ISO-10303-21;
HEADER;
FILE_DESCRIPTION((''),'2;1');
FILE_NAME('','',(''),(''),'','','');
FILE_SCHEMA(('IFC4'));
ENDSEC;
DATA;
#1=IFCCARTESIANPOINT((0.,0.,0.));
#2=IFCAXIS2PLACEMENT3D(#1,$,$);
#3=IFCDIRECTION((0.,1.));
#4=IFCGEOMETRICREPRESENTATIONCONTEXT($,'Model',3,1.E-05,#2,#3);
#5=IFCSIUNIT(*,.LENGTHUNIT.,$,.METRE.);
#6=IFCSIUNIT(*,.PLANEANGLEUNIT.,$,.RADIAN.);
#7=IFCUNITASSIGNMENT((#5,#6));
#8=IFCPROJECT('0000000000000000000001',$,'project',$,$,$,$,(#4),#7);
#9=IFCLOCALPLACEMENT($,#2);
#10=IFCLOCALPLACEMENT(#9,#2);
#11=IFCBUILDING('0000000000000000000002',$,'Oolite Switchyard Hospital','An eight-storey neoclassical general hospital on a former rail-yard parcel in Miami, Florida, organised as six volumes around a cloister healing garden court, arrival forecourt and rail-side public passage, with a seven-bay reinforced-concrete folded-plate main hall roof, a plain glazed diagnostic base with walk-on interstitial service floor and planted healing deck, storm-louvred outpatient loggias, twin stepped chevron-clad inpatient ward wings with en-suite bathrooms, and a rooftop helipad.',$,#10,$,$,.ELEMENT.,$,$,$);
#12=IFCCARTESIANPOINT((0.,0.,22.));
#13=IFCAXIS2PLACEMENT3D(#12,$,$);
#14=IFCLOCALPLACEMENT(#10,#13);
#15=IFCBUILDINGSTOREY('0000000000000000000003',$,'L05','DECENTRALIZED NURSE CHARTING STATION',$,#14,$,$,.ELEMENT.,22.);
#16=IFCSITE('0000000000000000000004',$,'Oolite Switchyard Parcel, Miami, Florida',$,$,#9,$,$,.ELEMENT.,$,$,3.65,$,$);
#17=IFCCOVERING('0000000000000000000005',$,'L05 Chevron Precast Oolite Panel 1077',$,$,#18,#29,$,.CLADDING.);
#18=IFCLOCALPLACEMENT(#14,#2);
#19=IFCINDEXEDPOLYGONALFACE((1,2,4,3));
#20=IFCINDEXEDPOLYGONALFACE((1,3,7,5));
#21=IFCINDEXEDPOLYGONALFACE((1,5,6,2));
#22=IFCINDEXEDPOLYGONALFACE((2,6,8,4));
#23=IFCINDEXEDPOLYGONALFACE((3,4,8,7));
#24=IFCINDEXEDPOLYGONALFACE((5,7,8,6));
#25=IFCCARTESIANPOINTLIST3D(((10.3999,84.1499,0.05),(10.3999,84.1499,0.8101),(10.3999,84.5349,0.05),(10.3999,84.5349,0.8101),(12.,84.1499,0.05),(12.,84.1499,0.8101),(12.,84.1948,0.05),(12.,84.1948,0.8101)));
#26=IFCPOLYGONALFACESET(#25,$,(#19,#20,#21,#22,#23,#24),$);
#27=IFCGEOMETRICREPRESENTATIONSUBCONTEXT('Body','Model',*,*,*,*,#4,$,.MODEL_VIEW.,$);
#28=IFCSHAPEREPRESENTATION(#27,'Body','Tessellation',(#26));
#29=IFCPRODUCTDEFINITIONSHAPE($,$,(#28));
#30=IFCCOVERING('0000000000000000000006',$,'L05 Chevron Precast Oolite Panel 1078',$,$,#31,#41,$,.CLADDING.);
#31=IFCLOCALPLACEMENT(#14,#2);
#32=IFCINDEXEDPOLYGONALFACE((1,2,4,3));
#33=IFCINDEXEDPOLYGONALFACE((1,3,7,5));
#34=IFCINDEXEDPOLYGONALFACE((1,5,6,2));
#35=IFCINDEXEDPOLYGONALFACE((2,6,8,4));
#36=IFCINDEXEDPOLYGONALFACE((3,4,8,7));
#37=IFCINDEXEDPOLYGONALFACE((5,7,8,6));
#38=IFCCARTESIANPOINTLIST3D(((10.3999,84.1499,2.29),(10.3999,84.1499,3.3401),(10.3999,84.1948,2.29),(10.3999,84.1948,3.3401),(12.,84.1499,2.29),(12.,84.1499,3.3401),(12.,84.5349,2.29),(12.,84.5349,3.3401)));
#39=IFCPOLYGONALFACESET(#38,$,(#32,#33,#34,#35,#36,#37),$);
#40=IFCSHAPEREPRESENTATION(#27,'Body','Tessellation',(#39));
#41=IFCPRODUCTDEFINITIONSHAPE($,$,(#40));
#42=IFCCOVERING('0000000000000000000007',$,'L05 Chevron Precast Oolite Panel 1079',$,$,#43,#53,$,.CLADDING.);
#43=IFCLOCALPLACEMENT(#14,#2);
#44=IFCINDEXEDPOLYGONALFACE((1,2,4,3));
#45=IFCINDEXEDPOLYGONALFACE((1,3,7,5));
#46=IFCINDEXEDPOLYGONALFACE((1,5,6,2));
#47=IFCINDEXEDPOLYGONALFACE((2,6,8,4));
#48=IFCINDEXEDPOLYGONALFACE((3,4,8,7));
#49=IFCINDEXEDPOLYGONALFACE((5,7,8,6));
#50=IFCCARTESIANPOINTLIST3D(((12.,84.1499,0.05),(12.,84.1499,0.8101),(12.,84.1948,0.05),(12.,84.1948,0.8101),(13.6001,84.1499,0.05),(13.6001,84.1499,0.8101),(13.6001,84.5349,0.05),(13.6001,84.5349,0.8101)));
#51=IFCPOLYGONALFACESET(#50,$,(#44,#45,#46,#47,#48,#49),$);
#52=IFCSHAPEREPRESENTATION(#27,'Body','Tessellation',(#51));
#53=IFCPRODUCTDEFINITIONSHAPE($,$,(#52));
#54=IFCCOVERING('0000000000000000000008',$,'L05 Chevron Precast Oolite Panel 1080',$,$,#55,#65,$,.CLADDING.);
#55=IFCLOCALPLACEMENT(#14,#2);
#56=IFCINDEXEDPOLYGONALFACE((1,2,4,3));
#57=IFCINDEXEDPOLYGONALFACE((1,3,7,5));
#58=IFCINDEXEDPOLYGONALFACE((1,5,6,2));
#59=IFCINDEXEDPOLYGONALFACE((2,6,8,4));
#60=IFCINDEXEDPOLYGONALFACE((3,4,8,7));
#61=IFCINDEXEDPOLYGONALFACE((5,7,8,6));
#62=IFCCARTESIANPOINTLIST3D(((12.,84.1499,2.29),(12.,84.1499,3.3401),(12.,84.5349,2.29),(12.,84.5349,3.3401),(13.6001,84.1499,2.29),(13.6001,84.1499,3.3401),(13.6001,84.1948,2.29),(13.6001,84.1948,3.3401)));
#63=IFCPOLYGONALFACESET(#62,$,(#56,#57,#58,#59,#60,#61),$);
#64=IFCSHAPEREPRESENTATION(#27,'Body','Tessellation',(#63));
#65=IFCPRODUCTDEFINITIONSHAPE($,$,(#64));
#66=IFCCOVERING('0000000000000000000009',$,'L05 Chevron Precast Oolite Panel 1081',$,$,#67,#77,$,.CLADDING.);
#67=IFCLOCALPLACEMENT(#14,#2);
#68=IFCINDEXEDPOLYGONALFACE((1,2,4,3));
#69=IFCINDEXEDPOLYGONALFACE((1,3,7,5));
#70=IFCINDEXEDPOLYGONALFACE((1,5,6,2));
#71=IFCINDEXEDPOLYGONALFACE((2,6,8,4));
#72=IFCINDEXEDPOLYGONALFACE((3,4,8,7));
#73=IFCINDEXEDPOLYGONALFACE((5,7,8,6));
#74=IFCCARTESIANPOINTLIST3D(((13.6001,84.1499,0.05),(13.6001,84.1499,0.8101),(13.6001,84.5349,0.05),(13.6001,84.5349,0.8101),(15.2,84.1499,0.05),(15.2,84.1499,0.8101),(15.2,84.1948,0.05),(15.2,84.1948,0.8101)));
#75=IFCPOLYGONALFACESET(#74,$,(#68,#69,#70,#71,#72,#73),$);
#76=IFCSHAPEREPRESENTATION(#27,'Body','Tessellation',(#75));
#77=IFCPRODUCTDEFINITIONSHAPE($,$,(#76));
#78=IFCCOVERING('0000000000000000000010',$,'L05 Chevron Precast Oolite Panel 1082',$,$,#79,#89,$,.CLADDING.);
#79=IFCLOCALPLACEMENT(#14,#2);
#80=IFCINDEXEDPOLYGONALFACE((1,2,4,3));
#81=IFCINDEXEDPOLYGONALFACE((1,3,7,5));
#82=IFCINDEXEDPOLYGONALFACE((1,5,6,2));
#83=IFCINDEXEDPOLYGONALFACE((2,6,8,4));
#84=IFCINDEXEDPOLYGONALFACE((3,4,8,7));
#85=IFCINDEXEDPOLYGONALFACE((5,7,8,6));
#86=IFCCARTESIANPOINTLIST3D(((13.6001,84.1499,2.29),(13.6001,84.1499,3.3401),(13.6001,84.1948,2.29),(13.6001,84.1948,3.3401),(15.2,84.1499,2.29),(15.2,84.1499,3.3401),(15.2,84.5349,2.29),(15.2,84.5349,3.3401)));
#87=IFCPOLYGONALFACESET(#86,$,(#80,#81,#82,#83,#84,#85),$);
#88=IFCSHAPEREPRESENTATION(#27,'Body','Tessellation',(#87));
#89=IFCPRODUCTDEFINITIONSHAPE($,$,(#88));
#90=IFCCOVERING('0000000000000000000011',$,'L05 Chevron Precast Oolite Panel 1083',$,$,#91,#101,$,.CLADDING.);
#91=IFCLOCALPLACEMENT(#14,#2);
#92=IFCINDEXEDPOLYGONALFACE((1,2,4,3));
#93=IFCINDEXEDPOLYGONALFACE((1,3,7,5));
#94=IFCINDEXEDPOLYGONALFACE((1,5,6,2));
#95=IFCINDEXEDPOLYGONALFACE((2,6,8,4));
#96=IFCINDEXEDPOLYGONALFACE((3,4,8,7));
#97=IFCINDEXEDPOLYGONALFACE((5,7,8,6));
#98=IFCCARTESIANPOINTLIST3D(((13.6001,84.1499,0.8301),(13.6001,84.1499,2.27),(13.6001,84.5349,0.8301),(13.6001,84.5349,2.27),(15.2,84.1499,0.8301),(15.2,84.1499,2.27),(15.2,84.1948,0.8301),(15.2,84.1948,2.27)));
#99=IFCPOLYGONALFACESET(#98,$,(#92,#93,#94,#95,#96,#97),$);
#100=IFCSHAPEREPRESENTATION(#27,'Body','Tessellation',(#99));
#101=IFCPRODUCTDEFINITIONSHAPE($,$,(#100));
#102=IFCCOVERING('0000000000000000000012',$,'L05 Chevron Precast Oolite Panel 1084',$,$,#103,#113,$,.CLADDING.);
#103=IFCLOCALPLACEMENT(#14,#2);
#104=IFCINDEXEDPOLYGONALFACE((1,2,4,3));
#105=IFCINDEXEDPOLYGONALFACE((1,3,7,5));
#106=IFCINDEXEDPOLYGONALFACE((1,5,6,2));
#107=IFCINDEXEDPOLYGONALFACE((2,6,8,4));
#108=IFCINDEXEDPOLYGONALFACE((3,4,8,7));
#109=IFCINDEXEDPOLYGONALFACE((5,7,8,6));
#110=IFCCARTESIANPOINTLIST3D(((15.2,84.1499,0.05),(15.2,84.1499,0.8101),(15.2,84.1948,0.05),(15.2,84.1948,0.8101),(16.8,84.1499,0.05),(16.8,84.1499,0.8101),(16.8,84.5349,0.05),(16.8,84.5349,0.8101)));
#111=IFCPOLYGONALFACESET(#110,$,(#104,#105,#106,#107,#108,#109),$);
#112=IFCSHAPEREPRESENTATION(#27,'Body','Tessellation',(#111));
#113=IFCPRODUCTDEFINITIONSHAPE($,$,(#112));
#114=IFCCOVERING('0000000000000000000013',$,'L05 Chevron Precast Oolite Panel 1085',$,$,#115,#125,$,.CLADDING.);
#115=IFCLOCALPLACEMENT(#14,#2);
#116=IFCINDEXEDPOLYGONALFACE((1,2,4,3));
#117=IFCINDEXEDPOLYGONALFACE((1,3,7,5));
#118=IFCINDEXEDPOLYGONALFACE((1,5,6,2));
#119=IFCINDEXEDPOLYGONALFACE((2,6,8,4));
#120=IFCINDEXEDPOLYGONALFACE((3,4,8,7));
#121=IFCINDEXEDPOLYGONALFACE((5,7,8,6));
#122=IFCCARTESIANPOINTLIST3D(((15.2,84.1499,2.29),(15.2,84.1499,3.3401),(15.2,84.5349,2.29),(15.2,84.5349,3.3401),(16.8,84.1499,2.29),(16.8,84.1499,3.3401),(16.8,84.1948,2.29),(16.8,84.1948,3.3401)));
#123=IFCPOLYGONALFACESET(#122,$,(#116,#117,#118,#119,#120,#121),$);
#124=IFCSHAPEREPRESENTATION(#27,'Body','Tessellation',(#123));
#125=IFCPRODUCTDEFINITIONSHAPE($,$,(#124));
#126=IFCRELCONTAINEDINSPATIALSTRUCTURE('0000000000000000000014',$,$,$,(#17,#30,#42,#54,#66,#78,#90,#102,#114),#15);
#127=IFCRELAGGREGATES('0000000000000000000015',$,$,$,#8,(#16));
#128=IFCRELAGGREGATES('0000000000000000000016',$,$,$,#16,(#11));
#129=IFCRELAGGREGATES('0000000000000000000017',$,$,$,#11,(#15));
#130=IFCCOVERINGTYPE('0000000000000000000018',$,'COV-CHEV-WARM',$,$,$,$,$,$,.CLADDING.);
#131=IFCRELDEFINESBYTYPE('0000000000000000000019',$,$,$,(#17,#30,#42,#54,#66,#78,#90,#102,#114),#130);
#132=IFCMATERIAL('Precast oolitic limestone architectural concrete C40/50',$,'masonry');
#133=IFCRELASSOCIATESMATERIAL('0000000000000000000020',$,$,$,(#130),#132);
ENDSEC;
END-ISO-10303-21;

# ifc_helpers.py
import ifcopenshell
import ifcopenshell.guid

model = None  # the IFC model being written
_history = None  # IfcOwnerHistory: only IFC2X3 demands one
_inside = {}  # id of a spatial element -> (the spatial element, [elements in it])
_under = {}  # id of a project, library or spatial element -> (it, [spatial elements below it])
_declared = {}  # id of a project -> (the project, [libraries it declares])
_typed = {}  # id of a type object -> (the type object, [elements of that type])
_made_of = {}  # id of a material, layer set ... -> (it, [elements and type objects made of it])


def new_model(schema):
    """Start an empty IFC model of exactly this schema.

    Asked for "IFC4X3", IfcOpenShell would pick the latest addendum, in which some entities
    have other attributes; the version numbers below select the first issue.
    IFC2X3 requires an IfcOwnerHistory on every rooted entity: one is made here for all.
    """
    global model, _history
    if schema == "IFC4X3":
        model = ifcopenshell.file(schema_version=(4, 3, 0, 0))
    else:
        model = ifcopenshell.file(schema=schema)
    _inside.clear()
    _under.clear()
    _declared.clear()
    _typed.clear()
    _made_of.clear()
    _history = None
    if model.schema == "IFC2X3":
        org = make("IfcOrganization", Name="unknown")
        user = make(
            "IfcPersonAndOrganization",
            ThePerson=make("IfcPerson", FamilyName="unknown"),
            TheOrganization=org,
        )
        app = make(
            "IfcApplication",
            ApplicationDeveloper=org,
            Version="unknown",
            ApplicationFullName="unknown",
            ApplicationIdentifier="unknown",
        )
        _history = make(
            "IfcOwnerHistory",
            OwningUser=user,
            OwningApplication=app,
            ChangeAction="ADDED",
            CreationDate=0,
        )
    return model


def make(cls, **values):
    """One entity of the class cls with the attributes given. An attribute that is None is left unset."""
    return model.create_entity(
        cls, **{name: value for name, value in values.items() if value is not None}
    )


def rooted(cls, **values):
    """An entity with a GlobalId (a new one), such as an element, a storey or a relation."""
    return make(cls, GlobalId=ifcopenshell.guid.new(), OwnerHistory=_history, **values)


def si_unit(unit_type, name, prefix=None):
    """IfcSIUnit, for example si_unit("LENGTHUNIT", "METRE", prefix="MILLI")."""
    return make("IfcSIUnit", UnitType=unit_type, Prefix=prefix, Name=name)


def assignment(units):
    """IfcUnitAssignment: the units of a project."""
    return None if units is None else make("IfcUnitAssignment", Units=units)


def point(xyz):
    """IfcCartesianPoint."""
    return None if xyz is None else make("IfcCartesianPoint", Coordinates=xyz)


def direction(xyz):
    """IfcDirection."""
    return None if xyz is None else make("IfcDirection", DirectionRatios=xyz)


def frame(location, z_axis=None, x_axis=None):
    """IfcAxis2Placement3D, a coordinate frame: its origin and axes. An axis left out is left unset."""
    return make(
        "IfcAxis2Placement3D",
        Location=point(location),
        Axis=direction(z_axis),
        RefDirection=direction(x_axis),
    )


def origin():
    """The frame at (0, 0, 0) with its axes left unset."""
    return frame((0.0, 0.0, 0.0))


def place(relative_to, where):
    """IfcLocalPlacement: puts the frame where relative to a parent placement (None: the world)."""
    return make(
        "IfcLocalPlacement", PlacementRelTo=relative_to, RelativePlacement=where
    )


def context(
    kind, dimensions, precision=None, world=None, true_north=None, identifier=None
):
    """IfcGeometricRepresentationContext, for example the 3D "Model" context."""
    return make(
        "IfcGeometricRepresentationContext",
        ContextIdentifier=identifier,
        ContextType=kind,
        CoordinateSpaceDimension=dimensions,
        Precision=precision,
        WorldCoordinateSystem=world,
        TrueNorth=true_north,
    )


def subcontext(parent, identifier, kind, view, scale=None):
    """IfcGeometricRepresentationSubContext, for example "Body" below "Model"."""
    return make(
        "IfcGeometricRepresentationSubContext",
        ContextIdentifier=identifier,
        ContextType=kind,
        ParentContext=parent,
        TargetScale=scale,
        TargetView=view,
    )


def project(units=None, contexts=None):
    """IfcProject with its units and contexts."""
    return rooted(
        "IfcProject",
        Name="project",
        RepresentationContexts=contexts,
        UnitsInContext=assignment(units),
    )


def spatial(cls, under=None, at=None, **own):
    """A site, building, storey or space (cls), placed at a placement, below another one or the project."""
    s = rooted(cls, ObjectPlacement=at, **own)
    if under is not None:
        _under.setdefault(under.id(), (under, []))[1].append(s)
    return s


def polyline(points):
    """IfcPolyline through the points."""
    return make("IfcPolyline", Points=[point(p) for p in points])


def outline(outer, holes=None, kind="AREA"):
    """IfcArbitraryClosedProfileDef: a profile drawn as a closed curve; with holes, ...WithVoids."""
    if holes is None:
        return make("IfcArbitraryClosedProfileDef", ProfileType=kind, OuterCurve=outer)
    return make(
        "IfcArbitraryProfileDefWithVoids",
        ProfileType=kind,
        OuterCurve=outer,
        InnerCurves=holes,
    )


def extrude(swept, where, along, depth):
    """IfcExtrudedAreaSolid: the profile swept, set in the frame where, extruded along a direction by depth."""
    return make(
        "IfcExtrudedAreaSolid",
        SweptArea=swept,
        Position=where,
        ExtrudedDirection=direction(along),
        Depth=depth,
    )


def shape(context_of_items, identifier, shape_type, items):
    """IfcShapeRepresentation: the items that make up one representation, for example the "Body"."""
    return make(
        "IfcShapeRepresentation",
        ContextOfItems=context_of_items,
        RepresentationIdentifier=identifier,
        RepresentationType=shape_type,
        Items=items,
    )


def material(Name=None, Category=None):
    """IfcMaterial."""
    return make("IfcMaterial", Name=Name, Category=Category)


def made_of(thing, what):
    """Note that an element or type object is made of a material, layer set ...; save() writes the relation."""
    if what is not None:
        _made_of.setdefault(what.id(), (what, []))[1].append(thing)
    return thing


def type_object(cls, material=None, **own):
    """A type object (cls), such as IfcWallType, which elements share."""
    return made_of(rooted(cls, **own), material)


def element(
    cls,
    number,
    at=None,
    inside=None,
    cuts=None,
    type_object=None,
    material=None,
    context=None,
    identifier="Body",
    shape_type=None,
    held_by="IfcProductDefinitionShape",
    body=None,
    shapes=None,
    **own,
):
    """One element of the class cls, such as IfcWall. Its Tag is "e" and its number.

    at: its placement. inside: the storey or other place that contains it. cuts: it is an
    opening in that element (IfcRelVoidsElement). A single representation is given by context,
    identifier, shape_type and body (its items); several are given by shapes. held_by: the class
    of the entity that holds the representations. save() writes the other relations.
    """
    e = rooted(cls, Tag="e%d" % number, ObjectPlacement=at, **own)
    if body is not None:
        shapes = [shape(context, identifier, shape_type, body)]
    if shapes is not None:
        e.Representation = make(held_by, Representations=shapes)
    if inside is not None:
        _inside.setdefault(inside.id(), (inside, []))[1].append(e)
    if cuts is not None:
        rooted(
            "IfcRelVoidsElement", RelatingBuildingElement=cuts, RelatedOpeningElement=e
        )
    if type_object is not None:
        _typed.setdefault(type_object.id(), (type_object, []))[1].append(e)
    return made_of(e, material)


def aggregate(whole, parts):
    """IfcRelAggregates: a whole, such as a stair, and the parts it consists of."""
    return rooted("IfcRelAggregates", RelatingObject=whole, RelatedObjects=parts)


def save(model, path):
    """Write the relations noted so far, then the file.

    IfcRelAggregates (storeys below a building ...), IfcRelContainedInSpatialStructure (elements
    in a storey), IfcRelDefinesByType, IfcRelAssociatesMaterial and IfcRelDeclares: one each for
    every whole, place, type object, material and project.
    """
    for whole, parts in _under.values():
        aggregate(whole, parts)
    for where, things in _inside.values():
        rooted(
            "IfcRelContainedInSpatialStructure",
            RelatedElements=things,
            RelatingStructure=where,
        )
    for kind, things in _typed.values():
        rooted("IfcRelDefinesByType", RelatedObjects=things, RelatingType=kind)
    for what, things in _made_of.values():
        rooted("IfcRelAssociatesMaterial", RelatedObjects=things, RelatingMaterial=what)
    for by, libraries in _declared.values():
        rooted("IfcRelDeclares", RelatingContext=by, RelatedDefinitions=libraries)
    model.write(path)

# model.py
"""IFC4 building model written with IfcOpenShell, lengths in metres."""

from ifc_helpers import new_model, si_unit, direction, frame, origin, place, context, subcontext, project, spatial, polyline, outline, extrude, material, type_object, element, save


model = new_model("IFC4")

# Units and contexts
model_context = context("Model", 3, precision=1e-05, world=origin(), true_north=direction((0.0, 1.0)))
body_context = subcontext(model_context, "Body", "Model", "MODEL_VIEW")
ifc_project = project(units=[si_unit("LENGTHUNIT", "METRE"), si_unit("PLANEANGLEUNIT", "RADIAN")], contexts=[model_context])

# Site, building, storey
site_placement = place(None, origin())
site = spatial("IfcSite", under=ifc_project, at=site_placement, Name="Oolite Switchyard Parcel, Miami, Florida", CompositionType="ELEMENT", RefElevation=3.65)
building_placement = place(site_placement, origin())
building = spatial("IfcBuilding", under=site, at=building_placement, Name="Oolite Switchyard Hospital", Description="An eight-storey neoclassical general hospital on a former rail-yard parcel in Miami, Florida, organised as six volumes around a cloister healing garden court, arrival forecourt and rail-side public passage, with a seven-bay reinforced-concrete folded-plate main hall roof, a plain glazed diagnostic base with walk-on interstitial service floor and planted healing deck, storm-louvred outpatient loggias, twin stepped chevron-clad inpatient ward wings with en-suite bathrooms, and a rooftop helipad.", CompositionType="ELEMENT")
storey_placement = place(building_placement, frame((0.0, 0.0, 22.0)))
storey = spatial("IfcBuildingStorey", under=building, at=storey_placement, Name="L05", Description="DECENTRALIZED NURSE CHARTING STATION", CompositionType="ELEMENT", Elevation=22.0)

# Shared definitions
ifc_material_1 = material(Name="Precast oolitic limestone architectural concrete C40/50", Category="masonry")

# Coverings
covering_type = type_object("IfcCoveringType", Name="COV-CHEV-WARM", PredefinedType="CLADDING", material=ifc_material_1)
covering_1_placement = place(storey_placement, frame((10.3999, 84.1499, 0.05), z_axis=(0.0, 0.0, 1.0), x_axis=(1.0, 0.0, 0.0)))
element("IfcCovering", 1, at=covering_1_placement, inside=storey, type_object=covering_type, Name="L05 Chevron Precast Oolite Panel 1077", PredefinedType="CLADDING", context=body_context, shape_type="SweptSolid", body=[
    extrude(outline(polyline([(0.0, 0.0), (1.6001, 0.0), (1.6001, 0.0449), (0.0, 0.385), (0.0, 0.0)])), origin(), (0.0, 0.0, 1.0), 0.76),
])
covering_2_placement = place(storey_placement, frame((10.3999, 84.1499, 2.29), z_axis=(0.0, 0.0, 1.0), x_axis=(1.0, 0.0, 0.0)))
element("IfcCovering", 2, at=covering_2_placement, inside=storey, type_object=covering_type, Name="L05 Chevron Precast Oolite Panel 1078", PredefinedType="CLADDING", context=body_context, shape_type="SweptSolid", body=[
    extrude(outline(polyline([(0.0, 0.0), (1.6001, 0.0), (1.6001, 0.385), (0.0, 0.0449), (0.0, 0.0)])), origin(), (0.0, 0.0, 1.0), 1.05),
])
covering_3_placement = place(storey_placement, frame((12.0, 84.1499, 0.05), z_axis=(0.0, 0.0, 1.0), x_axis=(1.0, 0.0, 0.0)))
element("IfcCovering", 3, at=covering_3_placement, inside=storey, type_object=covering_type, Name="L05 Chevron Precast Oolite Panel 1079", PredefinedType="CLADDING", context=body_context, shape_type="SweptSolid", body=[
    extrude(outline(polyline([(0.0, 0.0), (1.6001, 0.0), (1.6001, 0.385), (0.0, 0.0449), (0.0, 0.0)])), origin(), (0.0, 0.0, 1.0), 0.76),
])
covering_4_placement = place(storey_placement, frame((12.0, 84.1499, 2.29), z_axis=(0.0, 0.0, 1.0), x_axis=(1.0, 0.0, 0.0)))
element("IfcCovering", 4, at=covering_4_placement, inside=storey, type_object=covering_type, Name="L05 Chevron Precast Oolite Panel 1080", PredefinedType="CLADDING", context=body_context, shape_type="SweptSolid", body=[
    extrude(outline(polyline([(0.0, 0.0), (1.6001, 0.0), (1.6001, 0.0449), (0.0, 0.385), (0.0, 0.0)])), origin(), (0.0, 0.0, 1.0), 1.05),
])
covering_5_placement = place(storey_placement, frame((13.6001, 84.1499, 0.05), z_axis=(0.0, 0.0, 1.0), x_axis=(1.0, 0.0, 0.0)))
element("IfcCovering", 5, at=covering_5_placement, inside=storey, type_object=covering_type, Name="L05 Chevron Precast Oolite Panel 1081", PredefinedType="CLADDING", context=body_context, shape_type="SweptSolid", body=[
    extrude(outline(polyline([(0.0, 0.0), (1.5999, 0.0), (1.5999, 0.0449), (0.0, 0.385), (0.0, 0.0)])), origin(), (0.0, 0.0, 1.0), 0.76),
])
covering_6_placement = place(storey_placement, frame((13.6001, 84.1499, 2.29), z_axis=(0.0, 0.0, 1.0), x_axis=(1.0, 0.0, 0.0)))
element("IfcCovering", 6, at=covering_6_placement, inside=storey, type_object=covering_type, Name="L05 Chevron Precast Oolite Panel 1082", PredefinedType="CLADDING", context=body_context, shape_type="SweptSolid", body=[
    extrude(outline(polyline([(0.0, 0.0), (1.5999, 0.0), (1.5999, 0.385), (0.0, 0.0449), (0.0, 0.0)])), origin(), (0.0, 0.0, 1.0), 1.05),
])
covering_7_placement = place(storey_placement, frame((13.6001, 84.1499, 0.8301), z_axis=(0.0, 0.0, 1.0), x_axis=(1.0, 0.0, 0.0)))
element("IfcCovering", 7, at=covering_7_placement, inside=storey, type_object=covering_type, Name="L05 Chevron Precast Oolite Panel 1083", PredefinedType="CLADDING", context=body_context, shape_type="SweptSolid", body=[
    extrude(outline(polyline([(0.0, 0.0), (1.5999, 0.0), (1.5999, 0.0449), (0.0, 0.385), (0.0, 0.0)])), origin(), (0.0, 0.0, 1.0), 1.4399),
])
covering_8_placement = place(storey_placement, frame((15.2, 84.1499, 0.05), z_axis=(0.0, 0.0, 1.0), x_axis=(1.0, 0.0, 0.0)))
element("IfcCovering", 8, at=covering_8_placement, inside=storey, type_object=covering_type, Name="L05 Chevron Precast Oolite Panel 1084", PredefinedType="CLADDING", context=body_context, shape_type="SweptSolid", body=[
    extrude(outline(polyline([(0.0, 0.0), (1.6001, 0.0), (1.6001, 0.385), (0.0, 0.0449), (0.0, 0.0)])), origin(), (0.0, 0.0, 1.0), 0.76),
])
covering_9_placement = place(storey_placement, frame((15.2, 84.1499, 2.29), z_axis=(0.0, 0.0, 1.0), x_axis=(1.0, 0.0, 0.0)))
element("IfcCovering", 9, at=covering_9_placement, inside=storey, type_object=covering_type, Name="L05 Chevron Precast Oolite Panel 1085", PredefinedType="CLADDING", context=body_context, shape_type="SweptSolid", body=[
    extrude(outline(polyline([(0.0, 0.0), (1.6001, 0.0), (1.6001, 0.0449), (0.0, 0.385), (0.0, 0.0)])), origin(), (0.0, 0.0, 1.0), 1.05),
])

save(model, "model.ifc")
